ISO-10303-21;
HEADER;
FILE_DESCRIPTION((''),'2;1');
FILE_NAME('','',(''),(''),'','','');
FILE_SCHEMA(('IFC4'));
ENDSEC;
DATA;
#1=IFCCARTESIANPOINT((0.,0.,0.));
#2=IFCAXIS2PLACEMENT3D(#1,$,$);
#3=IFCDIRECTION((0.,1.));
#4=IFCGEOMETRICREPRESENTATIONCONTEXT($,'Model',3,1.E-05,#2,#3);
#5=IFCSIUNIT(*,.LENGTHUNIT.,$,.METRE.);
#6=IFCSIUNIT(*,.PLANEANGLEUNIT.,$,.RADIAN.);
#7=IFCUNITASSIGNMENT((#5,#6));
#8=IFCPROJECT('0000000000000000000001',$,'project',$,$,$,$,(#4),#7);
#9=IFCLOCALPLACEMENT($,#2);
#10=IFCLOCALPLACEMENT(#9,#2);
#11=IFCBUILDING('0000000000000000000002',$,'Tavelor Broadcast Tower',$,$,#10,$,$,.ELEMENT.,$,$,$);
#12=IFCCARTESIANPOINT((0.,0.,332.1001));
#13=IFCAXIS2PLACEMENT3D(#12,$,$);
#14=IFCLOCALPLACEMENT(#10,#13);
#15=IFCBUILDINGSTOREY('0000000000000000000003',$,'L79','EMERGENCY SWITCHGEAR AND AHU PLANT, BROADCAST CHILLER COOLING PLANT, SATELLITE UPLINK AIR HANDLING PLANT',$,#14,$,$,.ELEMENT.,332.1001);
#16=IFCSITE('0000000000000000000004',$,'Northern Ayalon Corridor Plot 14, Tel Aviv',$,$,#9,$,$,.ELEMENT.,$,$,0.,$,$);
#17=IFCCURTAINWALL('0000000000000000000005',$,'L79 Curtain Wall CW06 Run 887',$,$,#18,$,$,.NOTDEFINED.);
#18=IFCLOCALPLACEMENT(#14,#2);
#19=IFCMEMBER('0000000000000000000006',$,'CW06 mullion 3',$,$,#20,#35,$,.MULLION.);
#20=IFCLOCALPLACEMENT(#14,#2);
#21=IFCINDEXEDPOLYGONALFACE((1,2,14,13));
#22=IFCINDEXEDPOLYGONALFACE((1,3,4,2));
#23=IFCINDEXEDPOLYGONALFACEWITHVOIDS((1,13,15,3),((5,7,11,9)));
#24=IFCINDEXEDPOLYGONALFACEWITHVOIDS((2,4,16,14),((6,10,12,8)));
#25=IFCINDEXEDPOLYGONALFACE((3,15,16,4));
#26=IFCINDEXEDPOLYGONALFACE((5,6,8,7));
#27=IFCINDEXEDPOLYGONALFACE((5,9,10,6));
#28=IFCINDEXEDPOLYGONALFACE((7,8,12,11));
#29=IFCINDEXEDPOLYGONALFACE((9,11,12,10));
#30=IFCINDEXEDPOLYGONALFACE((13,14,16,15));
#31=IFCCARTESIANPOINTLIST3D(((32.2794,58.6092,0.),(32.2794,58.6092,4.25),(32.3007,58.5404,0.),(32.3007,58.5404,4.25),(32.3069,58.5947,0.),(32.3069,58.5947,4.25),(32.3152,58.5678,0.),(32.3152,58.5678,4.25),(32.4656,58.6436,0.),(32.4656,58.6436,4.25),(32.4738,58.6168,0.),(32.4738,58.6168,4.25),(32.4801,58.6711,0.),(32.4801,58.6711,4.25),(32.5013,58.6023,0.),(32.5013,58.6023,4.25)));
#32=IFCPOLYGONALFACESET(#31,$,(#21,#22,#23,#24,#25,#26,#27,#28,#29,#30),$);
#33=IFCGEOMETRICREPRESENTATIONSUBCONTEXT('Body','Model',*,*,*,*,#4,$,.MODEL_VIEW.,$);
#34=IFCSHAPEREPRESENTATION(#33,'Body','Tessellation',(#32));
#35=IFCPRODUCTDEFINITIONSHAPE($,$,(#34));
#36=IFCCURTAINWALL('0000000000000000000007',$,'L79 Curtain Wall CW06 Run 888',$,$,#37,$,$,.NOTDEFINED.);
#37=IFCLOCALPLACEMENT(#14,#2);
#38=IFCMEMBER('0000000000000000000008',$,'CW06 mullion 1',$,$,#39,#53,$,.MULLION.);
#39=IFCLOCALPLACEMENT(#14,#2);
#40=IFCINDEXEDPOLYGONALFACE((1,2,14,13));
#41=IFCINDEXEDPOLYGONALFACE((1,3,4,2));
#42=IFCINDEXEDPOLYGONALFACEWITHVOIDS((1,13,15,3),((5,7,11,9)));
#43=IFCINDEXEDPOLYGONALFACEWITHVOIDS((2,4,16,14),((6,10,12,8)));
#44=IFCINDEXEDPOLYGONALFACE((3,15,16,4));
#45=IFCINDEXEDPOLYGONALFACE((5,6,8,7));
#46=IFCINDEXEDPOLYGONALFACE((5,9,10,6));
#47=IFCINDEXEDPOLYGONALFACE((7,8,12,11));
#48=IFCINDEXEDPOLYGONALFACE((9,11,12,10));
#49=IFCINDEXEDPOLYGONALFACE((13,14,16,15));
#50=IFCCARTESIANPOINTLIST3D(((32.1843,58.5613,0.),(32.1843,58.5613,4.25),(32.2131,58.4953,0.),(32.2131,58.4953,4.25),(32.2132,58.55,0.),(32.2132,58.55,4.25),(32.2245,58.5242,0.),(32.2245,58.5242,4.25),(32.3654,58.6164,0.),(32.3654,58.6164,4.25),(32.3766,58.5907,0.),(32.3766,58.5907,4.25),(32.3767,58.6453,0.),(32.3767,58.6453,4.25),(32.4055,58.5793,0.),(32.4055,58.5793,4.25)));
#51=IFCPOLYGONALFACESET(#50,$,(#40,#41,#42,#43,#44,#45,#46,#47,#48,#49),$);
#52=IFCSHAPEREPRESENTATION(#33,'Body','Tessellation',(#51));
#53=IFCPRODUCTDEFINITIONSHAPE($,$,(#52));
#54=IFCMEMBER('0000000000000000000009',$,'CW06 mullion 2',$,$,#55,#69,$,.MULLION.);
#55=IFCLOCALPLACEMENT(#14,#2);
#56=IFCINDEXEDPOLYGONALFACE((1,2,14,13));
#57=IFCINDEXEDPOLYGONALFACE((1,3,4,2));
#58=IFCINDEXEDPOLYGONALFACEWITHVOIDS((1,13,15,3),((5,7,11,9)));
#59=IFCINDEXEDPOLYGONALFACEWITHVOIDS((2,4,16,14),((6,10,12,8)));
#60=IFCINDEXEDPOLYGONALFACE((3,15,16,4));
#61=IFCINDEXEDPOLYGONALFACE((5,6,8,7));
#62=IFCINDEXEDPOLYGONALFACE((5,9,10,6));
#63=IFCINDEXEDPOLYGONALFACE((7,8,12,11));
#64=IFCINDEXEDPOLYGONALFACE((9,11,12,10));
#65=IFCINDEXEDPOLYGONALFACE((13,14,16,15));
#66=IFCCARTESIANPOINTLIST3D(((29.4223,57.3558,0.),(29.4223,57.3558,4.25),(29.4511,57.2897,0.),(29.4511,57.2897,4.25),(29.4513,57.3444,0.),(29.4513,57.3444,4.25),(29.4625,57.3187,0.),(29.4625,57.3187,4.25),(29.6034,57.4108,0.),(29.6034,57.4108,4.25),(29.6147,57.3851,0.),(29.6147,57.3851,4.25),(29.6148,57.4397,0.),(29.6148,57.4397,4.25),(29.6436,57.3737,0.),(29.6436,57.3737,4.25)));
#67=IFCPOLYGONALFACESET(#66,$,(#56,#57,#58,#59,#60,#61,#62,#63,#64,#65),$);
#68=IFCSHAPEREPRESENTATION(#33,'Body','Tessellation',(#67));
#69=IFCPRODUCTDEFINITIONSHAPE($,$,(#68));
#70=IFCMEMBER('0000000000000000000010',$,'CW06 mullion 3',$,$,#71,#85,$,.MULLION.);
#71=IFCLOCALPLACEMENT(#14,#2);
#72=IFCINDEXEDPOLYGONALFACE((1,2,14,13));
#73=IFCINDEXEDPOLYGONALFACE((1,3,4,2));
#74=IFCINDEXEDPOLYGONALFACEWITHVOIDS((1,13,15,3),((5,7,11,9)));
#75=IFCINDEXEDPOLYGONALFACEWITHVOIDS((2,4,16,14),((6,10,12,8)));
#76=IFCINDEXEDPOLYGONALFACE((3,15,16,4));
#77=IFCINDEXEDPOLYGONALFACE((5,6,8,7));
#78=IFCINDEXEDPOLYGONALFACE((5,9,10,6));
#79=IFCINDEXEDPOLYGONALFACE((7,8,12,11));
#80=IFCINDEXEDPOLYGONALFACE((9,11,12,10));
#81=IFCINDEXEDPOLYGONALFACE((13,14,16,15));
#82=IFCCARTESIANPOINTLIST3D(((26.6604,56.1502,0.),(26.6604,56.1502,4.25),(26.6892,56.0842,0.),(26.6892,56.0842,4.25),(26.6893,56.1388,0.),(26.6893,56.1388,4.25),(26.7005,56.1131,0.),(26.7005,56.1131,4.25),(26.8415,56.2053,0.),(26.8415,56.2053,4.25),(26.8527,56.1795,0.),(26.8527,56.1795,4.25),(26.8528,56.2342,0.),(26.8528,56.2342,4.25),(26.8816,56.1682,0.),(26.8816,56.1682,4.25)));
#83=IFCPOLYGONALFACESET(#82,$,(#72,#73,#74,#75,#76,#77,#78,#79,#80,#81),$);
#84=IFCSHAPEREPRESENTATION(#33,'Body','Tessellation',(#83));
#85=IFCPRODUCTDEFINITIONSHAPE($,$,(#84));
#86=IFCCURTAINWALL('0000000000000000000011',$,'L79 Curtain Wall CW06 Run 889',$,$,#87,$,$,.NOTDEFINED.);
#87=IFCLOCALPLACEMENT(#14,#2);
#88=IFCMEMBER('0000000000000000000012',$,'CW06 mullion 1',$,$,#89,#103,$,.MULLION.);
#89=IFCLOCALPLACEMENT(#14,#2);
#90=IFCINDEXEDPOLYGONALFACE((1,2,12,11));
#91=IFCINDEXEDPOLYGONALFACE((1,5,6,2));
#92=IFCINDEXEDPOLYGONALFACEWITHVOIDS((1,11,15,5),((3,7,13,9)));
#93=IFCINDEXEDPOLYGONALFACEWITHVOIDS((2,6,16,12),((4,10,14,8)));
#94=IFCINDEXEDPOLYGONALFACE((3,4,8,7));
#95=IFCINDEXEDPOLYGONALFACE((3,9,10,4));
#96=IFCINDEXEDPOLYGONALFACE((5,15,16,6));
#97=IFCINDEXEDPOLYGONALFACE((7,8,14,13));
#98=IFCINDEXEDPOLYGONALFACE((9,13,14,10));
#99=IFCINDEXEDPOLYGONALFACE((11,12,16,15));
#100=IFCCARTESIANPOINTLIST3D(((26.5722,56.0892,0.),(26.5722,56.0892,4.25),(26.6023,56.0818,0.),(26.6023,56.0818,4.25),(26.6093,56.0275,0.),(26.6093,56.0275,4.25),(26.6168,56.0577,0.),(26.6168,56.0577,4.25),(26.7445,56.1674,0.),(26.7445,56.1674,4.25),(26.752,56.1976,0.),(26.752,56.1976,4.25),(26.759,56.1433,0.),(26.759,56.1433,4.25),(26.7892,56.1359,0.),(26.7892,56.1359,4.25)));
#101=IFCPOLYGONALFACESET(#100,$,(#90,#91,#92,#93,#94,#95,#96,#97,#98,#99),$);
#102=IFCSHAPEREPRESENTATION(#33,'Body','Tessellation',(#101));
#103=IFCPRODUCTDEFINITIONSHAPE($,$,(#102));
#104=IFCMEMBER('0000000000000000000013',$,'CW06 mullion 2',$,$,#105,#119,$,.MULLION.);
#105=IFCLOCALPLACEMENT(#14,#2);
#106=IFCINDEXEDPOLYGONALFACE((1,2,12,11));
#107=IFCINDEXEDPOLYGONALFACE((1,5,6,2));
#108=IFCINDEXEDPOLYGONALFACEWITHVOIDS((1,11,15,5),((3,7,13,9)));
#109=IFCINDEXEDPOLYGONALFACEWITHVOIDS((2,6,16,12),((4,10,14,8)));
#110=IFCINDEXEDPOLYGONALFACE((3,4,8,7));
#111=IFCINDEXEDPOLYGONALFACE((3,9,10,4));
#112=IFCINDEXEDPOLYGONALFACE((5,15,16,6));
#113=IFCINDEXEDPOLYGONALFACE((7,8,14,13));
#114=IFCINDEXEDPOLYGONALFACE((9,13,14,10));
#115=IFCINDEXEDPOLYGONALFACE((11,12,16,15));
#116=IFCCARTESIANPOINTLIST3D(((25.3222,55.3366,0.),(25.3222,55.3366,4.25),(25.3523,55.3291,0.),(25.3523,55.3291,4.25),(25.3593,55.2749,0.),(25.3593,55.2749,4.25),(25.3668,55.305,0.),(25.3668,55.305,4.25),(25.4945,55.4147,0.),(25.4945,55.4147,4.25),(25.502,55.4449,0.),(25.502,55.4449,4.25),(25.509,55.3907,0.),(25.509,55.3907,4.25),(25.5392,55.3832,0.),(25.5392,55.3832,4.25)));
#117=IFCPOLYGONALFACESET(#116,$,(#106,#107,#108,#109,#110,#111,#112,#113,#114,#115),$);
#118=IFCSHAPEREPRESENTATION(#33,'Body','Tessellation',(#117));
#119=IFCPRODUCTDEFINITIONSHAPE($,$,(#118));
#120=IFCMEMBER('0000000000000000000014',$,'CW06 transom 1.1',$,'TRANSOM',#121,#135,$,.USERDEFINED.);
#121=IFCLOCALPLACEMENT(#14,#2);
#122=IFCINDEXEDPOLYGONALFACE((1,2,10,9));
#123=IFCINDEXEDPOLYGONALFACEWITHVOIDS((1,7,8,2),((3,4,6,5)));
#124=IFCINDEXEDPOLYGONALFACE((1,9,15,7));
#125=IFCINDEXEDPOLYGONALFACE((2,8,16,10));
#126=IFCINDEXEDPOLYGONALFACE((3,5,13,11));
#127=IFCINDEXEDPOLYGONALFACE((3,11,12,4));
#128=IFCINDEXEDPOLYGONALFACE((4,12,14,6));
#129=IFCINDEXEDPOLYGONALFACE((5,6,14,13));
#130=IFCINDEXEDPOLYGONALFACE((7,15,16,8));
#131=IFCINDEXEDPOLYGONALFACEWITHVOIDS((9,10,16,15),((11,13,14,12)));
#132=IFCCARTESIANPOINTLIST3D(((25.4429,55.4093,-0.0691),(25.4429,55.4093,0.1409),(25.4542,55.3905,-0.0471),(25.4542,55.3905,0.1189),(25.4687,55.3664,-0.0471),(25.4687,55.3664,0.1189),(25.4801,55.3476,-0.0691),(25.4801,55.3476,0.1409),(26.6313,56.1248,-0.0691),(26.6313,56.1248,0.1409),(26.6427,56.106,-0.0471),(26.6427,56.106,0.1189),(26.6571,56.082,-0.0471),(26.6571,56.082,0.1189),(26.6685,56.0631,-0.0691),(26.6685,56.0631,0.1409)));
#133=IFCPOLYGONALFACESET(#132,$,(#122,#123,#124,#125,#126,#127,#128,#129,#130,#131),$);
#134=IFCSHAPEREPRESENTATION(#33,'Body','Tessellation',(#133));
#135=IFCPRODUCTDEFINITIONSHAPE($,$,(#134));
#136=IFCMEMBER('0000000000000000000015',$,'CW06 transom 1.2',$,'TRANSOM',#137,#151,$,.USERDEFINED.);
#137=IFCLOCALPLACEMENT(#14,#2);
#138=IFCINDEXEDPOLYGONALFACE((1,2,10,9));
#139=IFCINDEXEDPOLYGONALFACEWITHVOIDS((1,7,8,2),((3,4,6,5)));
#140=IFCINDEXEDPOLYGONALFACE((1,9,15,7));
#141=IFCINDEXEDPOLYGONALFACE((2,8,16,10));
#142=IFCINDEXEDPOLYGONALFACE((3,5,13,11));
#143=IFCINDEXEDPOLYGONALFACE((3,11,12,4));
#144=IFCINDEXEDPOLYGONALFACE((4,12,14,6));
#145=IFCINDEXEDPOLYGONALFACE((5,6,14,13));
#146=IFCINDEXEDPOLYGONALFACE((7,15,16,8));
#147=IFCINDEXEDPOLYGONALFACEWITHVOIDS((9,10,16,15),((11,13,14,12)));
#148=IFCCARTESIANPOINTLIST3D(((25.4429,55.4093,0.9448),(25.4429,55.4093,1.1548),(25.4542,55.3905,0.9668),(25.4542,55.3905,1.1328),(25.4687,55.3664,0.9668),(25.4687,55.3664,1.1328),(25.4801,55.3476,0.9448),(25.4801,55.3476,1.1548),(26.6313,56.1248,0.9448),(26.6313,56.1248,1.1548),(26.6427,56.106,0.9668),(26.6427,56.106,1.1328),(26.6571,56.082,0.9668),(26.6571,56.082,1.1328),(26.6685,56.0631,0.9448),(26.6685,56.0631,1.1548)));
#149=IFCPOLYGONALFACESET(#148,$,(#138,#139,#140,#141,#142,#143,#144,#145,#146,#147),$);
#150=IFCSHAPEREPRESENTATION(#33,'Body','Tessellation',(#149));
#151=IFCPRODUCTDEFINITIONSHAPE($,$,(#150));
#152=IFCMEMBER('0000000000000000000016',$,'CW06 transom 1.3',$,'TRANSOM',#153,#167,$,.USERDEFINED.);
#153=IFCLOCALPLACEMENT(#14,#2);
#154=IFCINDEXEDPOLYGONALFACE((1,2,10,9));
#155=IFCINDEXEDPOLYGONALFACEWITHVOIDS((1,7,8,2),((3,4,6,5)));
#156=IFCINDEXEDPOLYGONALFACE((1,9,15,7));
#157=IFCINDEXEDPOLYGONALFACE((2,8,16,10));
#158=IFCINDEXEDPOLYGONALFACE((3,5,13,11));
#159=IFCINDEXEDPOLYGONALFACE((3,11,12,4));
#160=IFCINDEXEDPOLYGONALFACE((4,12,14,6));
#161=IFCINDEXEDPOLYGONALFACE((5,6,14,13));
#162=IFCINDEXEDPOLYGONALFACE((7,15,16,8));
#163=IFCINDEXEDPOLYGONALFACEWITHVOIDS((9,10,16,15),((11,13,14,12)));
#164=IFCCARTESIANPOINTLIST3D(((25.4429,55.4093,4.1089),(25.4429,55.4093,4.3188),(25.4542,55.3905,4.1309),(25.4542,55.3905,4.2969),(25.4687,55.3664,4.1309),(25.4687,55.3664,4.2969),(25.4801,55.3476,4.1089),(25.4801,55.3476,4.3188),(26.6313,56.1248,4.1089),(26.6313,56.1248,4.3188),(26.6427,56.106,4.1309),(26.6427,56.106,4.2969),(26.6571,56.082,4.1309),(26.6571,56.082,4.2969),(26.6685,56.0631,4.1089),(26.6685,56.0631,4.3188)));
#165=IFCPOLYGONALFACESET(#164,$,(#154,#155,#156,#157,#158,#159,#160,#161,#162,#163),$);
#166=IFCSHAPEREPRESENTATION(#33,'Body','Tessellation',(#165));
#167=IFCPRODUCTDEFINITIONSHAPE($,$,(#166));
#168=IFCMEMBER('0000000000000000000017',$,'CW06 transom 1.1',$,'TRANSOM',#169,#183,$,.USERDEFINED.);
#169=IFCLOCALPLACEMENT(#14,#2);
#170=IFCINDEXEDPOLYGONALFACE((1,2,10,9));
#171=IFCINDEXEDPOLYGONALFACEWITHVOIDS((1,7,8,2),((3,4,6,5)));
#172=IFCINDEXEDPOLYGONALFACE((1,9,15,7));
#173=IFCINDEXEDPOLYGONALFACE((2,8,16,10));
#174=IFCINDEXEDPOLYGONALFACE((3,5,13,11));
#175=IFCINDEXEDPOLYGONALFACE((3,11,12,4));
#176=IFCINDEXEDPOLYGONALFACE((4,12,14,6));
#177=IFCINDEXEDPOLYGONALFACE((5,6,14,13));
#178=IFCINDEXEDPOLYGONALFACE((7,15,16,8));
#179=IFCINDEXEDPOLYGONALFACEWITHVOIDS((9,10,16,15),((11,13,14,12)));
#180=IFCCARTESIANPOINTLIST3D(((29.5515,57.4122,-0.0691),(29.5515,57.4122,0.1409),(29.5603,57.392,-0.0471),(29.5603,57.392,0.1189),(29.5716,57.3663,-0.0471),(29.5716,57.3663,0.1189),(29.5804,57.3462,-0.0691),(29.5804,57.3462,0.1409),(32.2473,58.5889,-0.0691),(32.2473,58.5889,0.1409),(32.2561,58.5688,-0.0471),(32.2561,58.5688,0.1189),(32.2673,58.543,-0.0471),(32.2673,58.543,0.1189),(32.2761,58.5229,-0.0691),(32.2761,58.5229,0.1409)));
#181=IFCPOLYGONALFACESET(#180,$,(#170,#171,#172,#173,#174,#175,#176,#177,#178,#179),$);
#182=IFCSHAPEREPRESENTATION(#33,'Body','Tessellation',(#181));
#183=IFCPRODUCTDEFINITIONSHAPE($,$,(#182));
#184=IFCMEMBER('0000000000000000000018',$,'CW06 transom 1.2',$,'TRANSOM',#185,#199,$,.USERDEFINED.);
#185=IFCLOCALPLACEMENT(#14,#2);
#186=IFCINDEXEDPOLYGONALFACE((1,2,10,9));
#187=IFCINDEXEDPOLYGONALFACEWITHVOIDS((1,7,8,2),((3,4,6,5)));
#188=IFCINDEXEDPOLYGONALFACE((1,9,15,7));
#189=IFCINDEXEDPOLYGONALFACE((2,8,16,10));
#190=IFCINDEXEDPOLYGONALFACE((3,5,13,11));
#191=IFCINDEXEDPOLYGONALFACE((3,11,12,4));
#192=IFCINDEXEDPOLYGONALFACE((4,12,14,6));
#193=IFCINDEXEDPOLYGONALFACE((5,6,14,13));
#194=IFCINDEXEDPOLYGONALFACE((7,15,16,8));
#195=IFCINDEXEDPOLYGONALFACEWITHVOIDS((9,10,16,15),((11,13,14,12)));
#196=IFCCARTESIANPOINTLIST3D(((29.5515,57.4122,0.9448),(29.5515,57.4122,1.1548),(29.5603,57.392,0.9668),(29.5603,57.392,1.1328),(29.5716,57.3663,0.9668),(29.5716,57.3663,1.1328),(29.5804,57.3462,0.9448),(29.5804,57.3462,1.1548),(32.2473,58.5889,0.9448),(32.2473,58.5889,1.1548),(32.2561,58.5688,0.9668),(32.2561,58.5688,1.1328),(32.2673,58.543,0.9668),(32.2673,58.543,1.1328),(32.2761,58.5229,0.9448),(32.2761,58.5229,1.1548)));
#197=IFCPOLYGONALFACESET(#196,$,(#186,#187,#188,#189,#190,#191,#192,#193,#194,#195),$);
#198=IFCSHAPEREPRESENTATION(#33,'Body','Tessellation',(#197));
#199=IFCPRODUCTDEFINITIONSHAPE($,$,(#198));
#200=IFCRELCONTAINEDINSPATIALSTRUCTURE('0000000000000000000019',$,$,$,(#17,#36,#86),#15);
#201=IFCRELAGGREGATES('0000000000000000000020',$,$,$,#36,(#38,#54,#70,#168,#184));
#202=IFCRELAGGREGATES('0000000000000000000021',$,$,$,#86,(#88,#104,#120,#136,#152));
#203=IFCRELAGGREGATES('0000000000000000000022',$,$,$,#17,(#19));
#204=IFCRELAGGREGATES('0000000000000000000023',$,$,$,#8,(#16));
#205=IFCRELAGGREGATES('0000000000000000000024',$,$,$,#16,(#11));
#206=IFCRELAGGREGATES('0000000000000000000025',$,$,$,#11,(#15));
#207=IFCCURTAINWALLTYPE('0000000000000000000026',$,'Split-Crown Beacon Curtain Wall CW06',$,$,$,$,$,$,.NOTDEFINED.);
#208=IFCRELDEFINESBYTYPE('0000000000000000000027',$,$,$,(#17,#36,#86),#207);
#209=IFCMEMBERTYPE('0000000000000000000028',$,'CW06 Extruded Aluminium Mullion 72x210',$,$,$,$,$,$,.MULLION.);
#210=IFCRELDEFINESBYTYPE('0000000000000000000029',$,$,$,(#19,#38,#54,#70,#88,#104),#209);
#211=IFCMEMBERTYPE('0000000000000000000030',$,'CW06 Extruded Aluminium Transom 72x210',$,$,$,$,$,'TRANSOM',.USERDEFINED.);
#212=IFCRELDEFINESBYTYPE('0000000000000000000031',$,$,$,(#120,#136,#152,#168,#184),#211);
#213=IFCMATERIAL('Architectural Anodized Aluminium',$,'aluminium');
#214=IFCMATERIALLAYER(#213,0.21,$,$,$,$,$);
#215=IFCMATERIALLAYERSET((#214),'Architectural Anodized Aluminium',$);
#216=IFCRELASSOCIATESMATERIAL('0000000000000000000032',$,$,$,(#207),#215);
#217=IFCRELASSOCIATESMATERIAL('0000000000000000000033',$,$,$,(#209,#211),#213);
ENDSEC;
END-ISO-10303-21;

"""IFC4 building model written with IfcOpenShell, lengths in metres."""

from ifc_helpers import new_model, si_unit, direction, frame, origin, origin_2d, place, context, subcontext, project, spatial, hollow_rectangle, extrude, source, transform, mapped, material, layer, layer_set, material_profile, profile_set, type_object, type_shapes, element, aggregate, save


model = new_model("IFC4")

# Units and contexts
model_context = context("Model", 3, precision=1e-05, world=origin(), true_north=direction((0.0, 1.0)))
body_context = subcontext(model_context, "Body", "Model", "MODEL_VIEW")
ifc_project = project(units=[si_unit("LENGTHUNIT", "METRE"), si_unit("PLANEANGLEUNIT", "RADIAN")], contexts=[model_context])

# Site, building, storey
site_placement = place(None, origin())
site = spatial("IfcSite", under=ifc_project, at=site_placement, Name="Northern Ayalon Corridor Plot 14, Tel Aviv", CompositionType="ELEMENT", RefElevation=0.0)
building_placement = place(site_placement, origin())
building = spatial("IfcBuilding", under=site, at=building_placement, Name="Tavelor Broadcast Tower", CompositionType="ELEMENT")
storey_placement = place(building_placement, frame((0.0, 0.0, 332.1001)))
storey = spatial("IfcBuildingStorey", under=building, at=storey_placement, Name="L79", Description="EMERGENCY SWITCHGEAR AND AHU PLANT, BROADCAST CHILLER COOLING PLANT, SATELLITE UPLINK AIR HANDLING PLANT", CompositionType="ELEMENT", Elevation=332.1001)

# Curtain wall, member
ifc_material_1 = material(Name="Architectural Anodized Aluminium", Category="aluminium")
ifc_layer_1 = layer(ifc_material_1, 0.21)
ifc_layer_set_1 = layer_set([ifc_layer_1], Name="Architectural Anodized Aluminium")
curtain_wall_type = type_object("IfcCurtainWallType", Name="Split-Crown Beacon Curtain Wall CW06", PredefinedType="NOTDEFINED", material=ifc_layer_set_1)
curtain_wall_1_placement = place(storey_placement, origin())
curtain_wall_1 = element("IfcCurtainWall", 1, at=curtain_wall_1_placement, inside=storey, type_object=curtain_wall_type, Name="L79 Curtain Wall CW06 Run 887", PredefinedType="NOTDEFINED")
ifc_material_profile_1 = material_profile(ifc_material_1, hollow_rectangle(XDim=0.072, YDim=0.21, WallThickness=0.022, at=origin_2d()), Name="RHS 72x210x22")
ifc_profile_set_1 = profile_set([ifc_material_profile_1], Name="Architectural Anodized Aluminium")
member_type_1 = type_object("IfcMemberType", Name="CW06 Extruded Aluminium Mullion 72x210", PredefinedType="MULLION", material=ifc_profile_set_1)
shared_shape_1 = source(origin(), body_context, "Body", "SweptSolid", [
    extrude(hollow_rectangle(XDim=0.072, YDim=0.21, WallThickness=0.022, at=origin_2d()), origin(), (0.0, 0.0, 1.0), 4.25),
])
type_shapes(member_type_1, [shared_shape_1])
member_1_placement = place(storey_placement, frame((32.3904, 58.6057, 0.0), z_axis=(0.0, 0.0, 1.0), x_axis=(0.294839, -0.955547, 0.0)))
member_1 = element("IfcMember", 2, at=member_1_placement, type_object=member_type_1, Name="CW06 mullion 3", PredefinedType="MULLION", context=body_context, shape_type="MappedRepresentation", body=[
    mapped(shared_shape_1, transform((0.0, 0.0, 0.0), scale=1.0)),
])

# Curtain walls, members
curtain_wall_2_placement = place(storey_placement, origin())
curtain_wall_2 = element("IfcCurtainWall", 3, at=curtain_wall_2_placement, inside=storey, type_object=curtain_wall_type, Name="L79 Curtain Wall CW06 Run 888", PredefinedType="NOTDEFINED")
member_2_placement = place(storey_placement, frame((32.2949, 58.5703, 0.0), z_axis=(0.0, 0.0, 1.0), x_axis=(0.400035, -0.9165, 0.0)))
member_2 = element("IfcMember", 4, at=member_2_placement, type_object=member_type_1, Name="CW06 mullion 1", PredefinedType="MULLION", context=body_context, shape_type="MappedRepresentation", body=[
    mapped(shared_shape_1, transform((0.0, 0.0, 0.0), scale=1.0)),
])
member_3_placement = place(storey_placement, frame((29.533, 57.3647, 0.0), z_axis=(0.0, 0.0, 1.0), x_axis=(0.400035, -0.9165, 0.0)))
member_3 = element("IfcMember", 5, at=member_3_placement, type_object=member_type_1, Name="CW06 mullion 2", PredefinedType="MULLION", context=body_context, shape_type="MappedRepresentation", body=[
    mapped(shared_shape_1, transform((0.0, 0.0, 0.0), scale=1.0)),
])
member_4_placement = place(storey_placement, frame((26.771, 56.1592, 0.0), z_axis=(0.0, 0.0, 1.0), x_axis=(0.400035, -0.9165, 0.0)))
member_4 = element("IfcMember", 6, at=member_4_placement, type_object=member_type_1, Name="CW06 mullion 3", PredefinedType="MULLION", context=body_context, shape_type="MappedRepresentation", body=[
    mapped(shared_shape_1, transform((0.0, 0.0, 0.0), scale=1.0)),
])
curtain_wall_3_placement = place(storey_placement, origin())
curtain_wall_3 = element("IfcCurtainWall", 7, at=curtain_wall_3_placement, inside=storey, type_object=curtain_wall_type, Name="L79 Curtain Wall CW06 Run 889", PredefinedType="NOTDEFINED")
member_5_placement = place(storey_placement, frame((26.6807, 56.1125, 0.0), z_axis=(0.0, 0.0, 1.0), x_axis=(0.51583, -0.856691, 0.0)))
member_5 = element("IfcMember", 8, at=member_5_placement, type_object=member_type_1, Name="CW06 mullion 1", PredefinedType="MULLION", context=body_context, shape_type="MappedRepresentation", body=[
    mapped(shared_shape_1, transform((0.0, 0.0, 0.0), scale=1.0)),
])
member_6_placement = place(storey_placement, frame((25.4307, 55.3599, 0.0), z_axis=(0.0, 0.0, 1.0), x_axis=(0.51583, -0.856691, 0.0)))
member_6 = element("IfcMember", 9, at=member_6_placement, type_object=member_type_1, Name="CW06 mullion 2", PredefinedType="MULLION", context=body_context, shape_type="MappedRepresentation", body=[
    mapped(shared_shape_1, transform((0.0, 0.0, 0.0), scale=1.0)),
])
ifc_material_profile_2 = material_profile(ifc_material_1, hollow_rectangle(XDim=0.072, YDim=0.21, WallThickness=0.022, at=origin_2d()), Name="RHS 72x210x22")
ifc_profile_set_2 = profile_set([ifc_material_profile_2], Name="Architectural Anodized Aluminium")
member_type_2 = type_object("IfcMemberType", Name="CW06 Extruded Aluminium Transom 72x210", ElementType="TRANSOM", PredefinedType="USERDEFINED", material=ifc_profile_set_2)
shared_shape_2 = source(origin(), body_context, "Body", "SweptSolid", [
    extrude(hollow_rectangle(XDim=0.072, YDim=0.21, WallThickness=0.022, at=origin_2d()), origin(), (0.0, 0.0, 1.0), 1.3872),
])
member_7_placement = place(storey_placement, frame((26.6499, 56.094, 0.0359), z_axis=(-0.8567, -0.515815, 0.0), x_axis=(0.515815, -0.8567, 0.0)))
member_7 = element("IfcMember", 10, at=member_7_placement, type_object=member_type_2, Name="CW06 transom 1.1", ObjectType="TRANSOM", PredefinedType="USERDEFINED", context=body_context, shape_type="MappedRepresentation", body=[
    mapped(shared_shape_2, transform((0.0, 0.0, 0.0), scale=1.0)),
])
member_8_placement = place(storey_placement, frame((26.6499, 56.094, 1.0498), z_axis=(-0.8567, -0.515815, 0.0), x_axis=(0.515815, -0.8567, 0.0)))
member_8 = element("IfcMember", 11, at=member_8_placement, type_object=member_type_2, Name="CW06 transom 1.2", ObjectType="TRANSOM", PredefinedType="USERDEFINED", context=body_context, shape_type="MappedRepresentation", body=[
    mapped(shared_shape_2, transform((0.0, 0.0, 0.0), scale=1.0)),
])
member_9_placement = place(storey_placement, frame((26.6499, 56.094, 4.2139), z_axis=(-0.8567, -0.515815, 0.0), x_axis=(0.515815, -0.8567, 0.0)))
member_9 = element("IfcMember", 12, at=member_9_placement, type_object=member_type_2, Name="CW06 transom 1.3", ObjectType="TRANSOM", PredefinedType="USERDEFINED", context=body_context, shape_type="MappedRepresentation", body=[
    mapped(shared_shape_2, transform((0.0, 0.0, 0.0), scale=1.0)),
])

# Members
shared_shape_3 = source(origin(), body_context, "Body", "SweptSolid", [
    extrude(hollow_rectangle(XDim=0.072, YDim=0.21, WallThickness=0.022, at=origin_2d()), origin(), (0.0, 0.0, 1.0), 2.9414),
])
type_shapes(member_type_2, [shared_shape_2, shared_shape_3])
member_10_placement = place(storey_placement, frame((32.2617, 58.5559, 0.0359), z_axis=(-0.916488, -0.400061, 0.0), x_axis=(0.400061, -0.916488, 0.0)))
member_10 = element("IfcMember", 13, at=member_10_placement, type_object=member_type_2, Name="CW06 transom 1.1", ObjectType="TRANSOM", PredefinedType="USERDEFINED", context=body_context, shape_type="MappedRepresentation", body=[
    mapped(shared_shape_3, transform((0.0, 0.0, 0.0), scale=1.0)),
])
member_11_placement = place(storey_placement, frame((32.2617, 58.5559, 1.0498), z_axis=(-0.916488, -0.400061, 0.0), x_axis=(0.400061, -0.916488, 0.0)))
member_11 = element("IfcMember", 14, at=member_11_placement, type_object=member_type_2, Name="CW06 transom 1.2", ObjectType="TRANSOM", PredefinedType="USERDEFINED", context=body_context, shape_type="MappedRepresentation", body=[
    mapped(shared_shape_3, transform((0.0, 0.0, 0.0), scale=1.0)),
])

aggregate(curtain_wall_2, [member_2, member_3, member_4, member_10, member_11])
aggregate(curtain_wall_3, [member_5, member_6, member_7, member_8, member_9])
aggregate(curtain_wall_1, [member_1])

save(model, "model.ifc")
